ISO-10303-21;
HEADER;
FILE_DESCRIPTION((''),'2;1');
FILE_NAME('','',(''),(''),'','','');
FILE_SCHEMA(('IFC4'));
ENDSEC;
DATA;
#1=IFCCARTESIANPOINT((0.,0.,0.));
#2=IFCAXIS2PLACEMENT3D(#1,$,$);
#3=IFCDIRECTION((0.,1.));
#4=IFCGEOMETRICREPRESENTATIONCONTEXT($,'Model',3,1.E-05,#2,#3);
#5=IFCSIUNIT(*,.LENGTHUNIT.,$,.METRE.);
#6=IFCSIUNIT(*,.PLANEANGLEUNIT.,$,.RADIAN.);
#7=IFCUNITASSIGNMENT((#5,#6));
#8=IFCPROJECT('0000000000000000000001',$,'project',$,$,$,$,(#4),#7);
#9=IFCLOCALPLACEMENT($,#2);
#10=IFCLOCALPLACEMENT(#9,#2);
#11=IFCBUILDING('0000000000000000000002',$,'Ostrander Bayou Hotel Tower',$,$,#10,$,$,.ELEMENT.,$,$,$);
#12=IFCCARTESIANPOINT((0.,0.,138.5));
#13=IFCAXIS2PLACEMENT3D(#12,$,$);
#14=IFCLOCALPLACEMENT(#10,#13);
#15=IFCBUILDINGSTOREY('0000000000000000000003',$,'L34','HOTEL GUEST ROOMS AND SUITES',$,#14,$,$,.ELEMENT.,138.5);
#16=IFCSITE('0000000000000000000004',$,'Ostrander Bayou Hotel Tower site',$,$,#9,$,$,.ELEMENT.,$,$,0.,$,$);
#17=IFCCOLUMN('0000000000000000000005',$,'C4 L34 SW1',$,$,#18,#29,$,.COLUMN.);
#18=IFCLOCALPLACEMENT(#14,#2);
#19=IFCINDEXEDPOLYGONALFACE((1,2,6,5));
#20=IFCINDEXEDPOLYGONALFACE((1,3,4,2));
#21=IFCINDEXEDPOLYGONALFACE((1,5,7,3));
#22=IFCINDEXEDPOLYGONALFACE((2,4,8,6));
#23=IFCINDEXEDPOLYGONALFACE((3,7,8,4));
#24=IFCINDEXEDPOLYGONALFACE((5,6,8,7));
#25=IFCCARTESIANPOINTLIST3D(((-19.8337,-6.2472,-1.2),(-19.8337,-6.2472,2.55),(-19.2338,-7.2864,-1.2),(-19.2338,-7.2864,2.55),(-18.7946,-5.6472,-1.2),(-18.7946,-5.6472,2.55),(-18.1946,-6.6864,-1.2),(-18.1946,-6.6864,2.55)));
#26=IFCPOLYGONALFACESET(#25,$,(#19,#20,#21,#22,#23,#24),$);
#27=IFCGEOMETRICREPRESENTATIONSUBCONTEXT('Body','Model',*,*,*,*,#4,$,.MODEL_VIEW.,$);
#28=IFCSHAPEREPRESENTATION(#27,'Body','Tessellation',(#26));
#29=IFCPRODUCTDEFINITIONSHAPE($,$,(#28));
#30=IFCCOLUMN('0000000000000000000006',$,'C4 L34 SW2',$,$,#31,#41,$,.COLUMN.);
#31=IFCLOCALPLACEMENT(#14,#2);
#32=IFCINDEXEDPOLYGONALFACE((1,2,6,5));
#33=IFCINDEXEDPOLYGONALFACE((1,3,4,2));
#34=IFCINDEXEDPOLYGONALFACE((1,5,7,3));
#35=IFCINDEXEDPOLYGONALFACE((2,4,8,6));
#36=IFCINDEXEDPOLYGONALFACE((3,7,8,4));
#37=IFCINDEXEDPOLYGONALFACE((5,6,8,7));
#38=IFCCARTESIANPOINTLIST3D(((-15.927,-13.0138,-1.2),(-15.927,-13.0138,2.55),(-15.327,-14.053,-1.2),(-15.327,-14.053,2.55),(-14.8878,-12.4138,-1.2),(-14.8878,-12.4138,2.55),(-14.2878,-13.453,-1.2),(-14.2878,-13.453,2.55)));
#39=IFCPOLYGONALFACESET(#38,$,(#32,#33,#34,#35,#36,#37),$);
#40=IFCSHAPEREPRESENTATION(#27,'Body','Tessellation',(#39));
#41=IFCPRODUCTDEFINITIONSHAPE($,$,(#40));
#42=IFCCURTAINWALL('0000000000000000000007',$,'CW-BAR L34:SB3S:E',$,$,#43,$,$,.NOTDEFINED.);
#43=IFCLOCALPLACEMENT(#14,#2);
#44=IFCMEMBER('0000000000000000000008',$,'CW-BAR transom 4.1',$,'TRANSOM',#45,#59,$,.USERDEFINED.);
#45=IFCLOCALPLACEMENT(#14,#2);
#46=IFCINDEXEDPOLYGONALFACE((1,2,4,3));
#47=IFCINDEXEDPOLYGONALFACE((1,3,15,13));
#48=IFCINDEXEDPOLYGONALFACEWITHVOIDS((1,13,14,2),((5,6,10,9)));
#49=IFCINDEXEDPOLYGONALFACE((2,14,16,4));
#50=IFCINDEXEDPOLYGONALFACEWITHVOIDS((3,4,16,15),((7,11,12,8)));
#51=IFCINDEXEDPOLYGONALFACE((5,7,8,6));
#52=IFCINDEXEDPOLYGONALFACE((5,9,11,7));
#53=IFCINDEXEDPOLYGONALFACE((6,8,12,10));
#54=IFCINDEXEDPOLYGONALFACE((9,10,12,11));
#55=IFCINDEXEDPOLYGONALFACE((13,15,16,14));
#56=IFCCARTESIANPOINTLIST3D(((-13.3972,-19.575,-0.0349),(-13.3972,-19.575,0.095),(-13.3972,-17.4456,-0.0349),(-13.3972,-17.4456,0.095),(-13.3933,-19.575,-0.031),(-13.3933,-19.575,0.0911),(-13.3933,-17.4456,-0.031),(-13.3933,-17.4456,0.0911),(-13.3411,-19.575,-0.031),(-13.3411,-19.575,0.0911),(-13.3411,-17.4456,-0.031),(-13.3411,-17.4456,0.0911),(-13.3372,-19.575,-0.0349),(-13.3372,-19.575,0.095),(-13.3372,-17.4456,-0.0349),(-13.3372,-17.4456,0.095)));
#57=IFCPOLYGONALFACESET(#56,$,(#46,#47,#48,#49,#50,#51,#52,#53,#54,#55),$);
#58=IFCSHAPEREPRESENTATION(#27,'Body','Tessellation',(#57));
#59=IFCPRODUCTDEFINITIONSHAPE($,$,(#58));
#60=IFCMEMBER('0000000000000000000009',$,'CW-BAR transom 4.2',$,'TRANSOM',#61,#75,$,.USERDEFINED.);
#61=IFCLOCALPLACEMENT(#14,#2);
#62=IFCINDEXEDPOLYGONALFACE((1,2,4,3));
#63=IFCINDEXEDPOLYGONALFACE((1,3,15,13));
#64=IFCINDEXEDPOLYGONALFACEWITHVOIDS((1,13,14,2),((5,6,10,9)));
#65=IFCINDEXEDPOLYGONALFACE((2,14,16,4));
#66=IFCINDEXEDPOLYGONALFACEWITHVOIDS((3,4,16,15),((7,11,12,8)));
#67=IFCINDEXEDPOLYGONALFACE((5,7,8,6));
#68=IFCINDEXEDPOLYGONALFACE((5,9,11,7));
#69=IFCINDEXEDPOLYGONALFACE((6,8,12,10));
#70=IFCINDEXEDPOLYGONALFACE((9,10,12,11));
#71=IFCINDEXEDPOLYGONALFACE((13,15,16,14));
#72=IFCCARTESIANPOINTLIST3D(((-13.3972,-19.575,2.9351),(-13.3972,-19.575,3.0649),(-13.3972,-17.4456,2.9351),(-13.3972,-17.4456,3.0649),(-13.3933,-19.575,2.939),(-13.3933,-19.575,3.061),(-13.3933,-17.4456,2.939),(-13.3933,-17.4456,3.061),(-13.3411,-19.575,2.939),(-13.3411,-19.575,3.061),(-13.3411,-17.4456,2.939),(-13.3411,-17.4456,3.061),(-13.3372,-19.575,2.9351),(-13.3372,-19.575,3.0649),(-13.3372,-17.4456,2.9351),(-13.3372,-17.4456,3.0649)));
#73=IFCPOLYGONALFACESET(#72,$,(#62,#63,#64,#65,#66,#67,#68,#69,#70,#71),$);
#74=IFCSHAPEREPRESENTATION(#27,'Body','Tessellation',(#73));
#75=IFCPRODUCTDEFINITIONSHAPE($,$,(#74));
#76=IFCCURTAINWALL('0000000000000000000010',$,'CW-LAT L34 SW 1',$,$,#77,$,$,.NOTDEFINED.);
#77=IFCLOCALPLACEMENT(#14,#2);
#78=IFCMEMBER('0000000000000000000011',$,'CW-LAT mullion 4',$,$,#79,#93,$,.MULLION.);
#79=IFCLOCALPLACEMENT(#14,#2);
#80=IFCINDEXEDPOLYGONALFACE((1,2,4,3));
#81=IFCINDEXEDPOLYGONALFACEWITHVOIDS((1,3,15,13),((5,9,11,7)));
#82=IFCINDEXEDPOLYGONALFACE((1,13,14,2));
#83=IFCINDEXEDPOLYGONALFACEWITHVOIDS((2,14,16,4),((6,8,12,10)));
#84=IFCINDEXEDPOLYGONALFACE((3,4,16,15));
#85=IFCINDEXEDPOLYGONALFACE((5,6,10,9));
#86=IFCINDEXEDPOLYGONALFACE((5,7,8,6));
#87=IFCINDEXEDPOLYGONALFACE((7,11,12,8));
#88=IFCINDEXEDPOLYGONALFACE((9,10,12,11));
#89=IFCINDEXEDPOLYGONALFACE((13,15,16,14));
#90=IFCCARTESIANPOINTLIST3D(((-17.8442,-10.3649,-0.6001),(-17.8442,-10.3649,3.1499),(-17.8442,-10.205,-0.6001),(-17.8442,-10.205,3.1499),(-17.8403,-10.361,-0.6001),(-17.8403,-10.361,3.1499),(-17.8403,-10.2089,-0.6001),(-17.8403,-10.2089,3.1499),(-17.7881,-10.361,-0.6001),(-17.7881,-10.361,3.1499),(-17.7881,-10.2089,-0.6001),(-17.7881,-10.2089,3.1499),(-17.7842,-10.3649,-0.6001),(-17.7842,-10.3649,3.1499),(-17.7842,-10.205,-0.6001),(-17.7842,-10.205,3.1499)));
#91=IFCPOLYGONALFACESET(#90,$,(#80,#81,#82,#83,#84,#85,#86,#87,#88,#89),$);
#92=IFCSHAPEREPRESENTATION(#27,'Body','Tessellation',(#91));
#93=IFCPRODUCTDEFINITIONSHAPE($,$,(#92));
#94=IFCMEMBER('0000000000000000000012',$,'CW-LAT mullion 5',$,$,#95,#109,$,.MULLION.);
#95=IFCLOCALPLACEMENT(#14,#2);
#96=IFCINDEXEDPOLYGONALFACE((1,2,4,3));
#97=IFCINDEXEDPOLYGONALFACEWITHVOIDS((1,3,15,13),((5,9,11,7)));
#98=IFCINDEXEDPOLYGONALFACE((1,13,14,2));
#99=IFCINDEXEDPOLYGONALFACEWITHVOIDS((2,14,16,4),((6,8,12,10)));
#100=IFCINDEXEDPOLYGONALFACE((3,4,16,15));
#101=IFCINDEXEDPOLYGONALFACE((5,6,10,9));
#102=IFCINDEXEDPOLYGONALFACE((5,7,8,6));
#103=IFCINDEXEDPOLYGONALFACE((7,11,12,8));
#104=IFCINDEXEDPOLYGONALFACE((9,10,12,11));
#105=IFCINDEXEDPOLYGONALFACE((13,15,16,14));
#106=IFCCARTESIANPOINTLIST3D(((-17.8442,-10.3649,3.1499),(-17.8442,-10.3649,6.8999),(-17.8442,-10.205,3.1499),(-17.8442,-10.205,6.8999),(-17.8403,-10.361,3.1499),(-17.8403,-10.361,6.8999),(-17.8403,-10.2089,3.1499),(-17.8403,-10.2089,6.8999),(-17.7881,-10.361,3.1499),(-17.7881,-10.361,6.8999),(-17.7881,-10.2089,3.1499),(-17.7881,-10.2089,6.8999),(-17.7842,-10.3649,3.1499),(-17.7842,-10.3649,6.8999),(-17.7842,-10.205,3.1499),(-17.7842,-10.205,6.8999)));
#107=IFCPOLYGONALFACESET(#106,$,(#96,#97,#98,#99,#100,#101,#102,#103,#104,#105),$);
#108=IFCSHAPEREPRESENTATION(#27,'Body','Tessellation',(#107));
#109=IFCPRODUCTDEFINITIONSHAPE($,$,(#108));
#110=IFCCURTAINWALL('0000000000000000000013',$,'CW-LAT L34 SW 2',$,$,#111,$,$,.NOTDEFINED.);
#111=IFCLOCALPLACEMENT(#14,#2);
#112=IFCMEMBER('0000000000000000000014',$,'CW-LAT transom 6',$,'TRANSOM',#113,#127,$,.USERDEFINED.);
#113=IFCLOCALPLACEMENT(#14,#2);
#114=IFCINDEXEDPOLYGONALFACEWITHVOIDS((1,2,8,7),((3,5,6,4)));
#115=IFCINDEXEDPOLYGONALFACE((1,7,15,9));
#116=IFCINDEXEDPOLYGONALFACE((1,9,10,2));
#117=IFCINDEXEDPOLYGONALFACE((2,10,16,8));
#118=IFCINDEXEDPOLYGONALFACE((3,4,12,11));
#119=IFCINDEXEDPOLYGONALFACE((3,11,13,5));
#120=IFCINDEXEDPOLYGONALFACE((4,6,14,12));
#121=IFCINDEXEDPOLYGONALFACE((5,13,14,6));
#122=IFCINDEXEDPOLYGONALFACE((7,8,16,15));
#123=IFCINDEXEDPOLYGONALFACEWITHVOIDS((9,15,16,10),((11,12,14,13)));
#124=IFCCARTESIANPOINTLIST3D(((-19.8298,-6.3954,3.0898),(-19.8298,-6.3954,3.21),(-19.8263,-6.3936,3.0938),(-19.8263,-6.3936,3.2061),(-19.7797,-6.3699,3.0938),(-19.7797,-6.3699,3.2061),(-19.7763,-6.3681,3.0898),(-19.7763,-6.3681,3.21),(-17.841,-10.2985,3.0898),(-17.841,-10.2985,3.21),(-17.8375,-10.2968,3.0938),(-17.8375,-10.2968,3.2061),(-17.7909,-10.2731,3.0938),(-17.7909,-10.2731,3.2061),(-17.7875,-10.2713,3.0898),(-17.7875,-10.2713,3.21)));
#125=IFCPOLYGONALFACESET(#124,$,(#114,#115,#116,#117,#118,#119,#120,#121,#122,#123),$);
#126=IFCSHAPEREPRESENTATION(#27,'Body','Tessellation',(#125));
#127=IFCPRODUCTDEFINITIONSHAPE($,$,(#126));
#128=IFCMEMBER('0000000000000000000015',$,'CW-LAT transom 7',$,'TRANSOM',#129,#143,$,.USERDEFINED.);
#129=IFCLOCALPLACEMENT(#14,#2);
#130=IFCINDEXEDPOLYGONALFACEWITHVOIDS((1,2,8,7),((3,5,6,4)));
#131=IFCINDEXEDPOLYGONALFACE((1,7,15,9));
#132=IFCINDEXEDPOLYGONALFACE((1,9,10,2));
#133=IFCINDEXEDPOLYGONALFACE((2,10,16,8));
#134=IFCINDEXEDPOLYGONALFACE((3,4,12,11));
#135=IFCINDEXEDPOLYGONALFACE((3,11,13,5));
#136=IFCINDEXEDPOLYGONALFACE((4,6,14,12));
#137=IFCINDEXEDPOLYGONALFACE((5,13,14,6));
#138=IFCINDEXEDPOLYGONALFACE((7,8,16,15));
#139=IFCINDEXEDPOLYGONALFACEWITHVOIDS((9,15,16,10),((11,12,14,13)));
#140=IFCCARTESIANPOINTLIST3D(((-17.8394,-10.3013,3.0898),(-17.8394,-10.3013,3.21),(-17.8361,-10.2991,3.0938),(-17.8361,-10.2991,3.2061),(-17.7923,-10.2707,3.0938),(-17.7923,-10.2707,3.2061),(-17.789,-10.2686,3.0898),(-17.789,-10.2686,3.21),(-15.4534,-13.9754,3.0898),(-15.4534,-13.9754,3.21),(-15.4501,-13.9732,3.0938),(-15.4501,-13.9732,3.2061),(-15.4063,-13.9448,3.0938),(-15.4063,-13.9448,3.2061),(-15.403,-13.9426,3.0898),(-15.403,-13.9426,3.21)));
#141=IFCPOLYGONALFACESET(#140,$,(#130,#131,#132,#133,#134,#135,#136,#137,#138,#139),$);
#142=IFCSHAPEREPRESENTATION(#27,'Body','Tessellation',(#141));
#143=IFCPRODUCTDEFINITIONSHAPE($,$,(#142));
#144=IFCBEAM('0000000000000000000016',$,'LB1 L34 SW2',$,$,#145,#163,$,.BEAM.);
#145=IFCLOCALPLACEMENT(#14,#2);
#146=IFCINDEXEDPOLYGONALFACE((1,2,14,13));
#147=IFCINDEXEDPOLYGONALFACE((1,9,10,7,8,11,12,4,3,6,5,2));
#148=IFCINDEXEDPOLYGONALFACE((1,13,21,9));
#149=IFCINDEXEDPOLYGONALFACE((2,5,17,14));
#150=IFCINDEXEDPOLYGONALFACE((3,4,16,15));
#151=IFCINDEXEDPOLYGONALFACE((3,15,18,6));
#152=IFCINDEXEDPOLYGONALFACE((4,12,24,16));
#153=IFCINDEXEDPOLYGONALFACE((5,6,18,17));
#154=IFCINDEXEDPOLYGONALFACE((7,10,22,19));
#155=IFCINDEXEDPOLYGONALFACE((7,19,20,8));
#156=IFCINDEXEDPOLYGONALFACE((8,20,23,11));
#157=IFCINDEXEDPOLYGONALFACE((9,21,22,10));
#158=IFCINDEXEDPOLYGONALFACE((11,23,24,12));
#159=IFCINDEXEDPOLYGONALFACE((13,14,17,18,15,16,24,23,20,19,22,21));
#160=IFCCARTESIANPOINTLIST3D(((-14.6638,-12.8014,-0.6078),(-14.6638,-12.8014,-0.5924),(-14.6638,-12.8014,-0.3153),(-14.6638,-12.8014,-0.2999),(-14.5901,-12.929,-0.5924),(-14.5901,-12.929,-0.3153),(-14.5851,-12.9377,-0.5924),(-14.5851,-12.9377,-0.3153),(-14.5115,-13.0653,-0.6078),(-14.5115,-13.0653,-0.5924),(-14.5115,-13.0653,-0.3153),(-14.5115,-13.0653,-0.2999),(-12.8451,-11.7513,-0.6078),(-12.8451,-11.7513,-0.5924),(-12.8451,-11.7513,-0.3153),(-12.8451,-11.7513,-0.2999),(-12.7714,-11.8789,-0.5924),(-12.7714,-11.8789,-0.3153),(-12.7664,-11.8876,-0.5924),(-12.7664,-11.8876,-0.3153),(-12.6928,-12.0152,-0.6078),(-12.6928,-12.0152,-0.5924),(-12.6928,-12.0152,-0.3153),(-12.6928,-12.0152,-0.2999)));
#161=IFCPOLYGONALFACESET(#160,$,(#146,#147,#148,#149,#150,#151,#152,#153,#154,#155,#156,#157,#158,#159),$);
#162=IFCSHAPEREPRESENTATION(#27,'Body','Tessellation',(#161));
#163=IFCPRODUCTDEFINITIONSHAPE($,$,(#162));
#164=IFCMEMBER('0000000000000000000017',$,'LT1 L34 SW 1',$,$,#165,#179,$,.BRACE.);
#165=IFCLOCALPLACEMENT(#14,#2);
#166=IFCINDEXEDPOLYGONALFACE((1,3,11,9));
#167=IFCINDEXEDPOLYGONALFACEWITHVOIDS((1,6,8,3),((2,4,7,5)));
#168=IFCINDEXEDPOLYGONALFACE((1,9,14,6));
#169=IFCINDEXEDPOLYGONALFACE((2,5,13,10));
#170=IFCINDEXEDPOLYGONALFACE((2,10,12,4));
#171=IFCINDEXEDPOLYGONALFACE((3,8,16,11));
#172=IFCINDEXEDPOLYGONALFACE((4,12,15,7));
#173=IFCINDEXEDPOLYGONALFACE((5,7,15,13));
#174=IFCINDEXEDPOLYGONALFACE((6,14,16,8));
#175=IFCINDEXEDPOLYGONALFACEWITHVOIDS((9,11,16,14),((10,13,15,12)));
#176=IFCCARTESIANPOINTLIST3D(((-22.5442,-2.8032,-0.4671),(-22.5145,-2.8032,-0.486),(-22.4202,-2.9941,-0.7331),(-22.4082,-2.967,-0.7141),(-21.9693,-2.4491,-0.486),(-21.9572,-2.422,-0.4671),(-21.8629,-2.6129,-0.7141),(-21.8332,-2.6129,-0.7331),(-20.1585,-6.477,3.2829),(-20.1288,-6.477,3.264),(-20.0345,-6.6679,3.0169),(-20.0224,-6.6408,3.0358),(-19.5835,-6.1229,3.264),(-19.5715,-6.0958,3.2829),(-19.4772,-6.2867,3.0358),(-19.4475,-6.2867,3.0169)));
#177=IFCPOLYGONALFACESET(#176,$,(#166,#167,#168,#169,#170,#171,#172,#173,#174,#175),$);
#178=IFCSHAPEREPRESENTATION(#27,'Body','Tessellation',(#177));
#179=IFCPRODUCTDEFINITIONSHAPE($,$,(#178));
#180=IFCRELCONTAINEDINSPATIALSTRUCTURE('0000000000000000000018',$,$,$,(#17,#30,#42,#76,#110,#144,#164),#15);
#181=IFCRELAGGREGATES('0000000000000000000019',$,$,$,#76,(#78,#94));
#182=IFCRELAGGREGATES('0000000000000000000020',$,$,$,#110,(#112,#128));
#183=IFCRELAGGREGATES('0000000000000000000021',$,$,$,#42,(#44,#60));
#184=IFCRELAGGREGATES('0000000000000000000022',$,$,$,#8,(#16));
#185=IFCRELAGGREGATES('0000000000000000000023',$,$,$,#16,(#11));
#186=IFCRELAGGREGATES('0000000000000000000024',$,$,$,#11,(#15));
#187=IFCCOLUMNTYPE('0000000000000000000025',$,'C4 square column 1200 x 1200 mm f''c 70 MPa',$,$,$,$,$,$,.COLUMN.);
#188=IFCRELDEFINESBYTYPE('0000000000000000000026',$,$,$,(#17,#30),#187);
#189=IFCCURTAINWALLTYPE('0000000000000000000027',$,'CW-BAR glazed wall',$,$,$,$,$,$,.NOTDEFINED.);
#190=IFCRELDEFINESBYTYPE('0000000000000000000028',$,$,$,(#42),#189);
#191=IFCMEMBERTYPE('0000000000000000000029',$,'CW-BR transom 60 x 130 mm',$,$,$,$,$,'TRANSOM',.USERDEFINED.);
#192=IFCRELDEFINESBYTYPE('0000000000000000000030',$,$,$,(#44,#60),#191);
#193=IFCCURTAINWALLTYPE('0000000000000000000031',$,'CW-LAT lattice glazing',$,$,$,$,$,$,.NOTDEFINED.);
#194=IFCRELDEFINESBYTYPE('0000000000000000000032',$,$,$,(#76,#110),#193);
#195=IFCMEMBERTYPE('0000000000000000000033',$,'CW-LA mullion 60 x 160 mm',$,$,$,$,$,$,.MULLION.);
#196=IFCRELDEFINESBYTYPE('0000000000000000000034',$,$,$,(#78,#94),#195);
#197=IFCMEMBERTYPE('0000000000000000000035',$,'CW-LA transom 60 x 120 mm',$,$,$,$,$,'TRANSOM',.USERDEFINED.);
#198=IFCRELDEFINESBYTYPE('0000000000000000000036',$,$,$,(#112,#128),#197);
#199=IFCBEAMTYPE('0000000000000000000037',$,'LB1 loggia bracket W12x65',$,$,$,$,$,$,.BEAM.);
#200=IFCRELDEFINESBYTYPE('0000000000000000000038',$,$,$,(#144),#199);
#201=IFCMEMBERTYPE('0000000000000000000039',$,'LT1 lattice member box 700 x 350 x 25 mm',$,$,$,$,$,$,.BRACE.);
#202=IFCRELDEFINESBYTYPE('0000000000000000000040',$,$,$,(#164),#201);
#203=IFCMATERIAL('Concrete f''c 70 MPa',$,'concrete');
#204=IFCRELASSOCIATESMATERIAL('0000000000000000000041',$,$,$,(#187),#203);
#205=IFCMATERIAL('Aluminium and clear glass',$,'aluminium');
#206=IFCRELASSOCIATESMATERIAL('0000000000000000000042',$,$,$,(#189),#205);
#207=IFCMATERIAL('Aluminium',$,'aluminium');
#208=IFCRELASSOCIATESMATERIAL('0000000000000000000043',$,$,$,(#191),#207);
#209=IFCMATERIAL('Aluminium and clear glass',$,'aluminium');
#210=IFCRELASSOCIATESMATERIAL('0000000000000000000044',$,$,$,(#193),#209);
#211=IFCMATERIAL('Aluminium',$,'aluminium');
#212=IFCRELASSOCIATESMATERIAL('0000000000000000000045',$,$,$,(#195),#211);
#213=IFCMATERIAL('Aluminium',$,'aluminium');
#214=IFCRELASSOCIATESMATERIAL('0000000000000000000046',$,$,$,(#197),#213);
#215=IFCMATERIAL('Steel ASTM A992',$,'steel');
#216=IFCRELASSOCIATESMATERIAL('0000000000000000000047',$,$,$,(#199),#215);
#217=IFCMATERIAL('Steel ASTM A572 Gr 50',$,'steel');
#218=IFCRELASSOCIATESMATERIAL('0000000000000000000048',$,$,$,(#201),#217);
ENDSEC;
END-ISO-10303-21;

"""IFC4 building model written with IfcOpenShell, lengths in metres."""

from ifc_helpers import new_model, si_unit, direction, frame, origin, origin_2d, place, context, subcontext, project, spatial, rectangle, hollow_rectangle, i_section, extrude, material, material_profile, profile_set, type_object, element, aggregate, save


model = new_model("IFC4")

# Units and contexts
model_context = context("Model", 3, precision=1e-05, world=origin(), true_north=direction((0.0, 1.0)))
body_context = subcontext(model_context, "Body", "Model", "MODEL_VIEW")
ifc_project = project(units=[si_unit("LENGTHUNIT", "METRE"), si_unit("PLANEANGLEUNIT", "RADIAN")], contexts=[model_context])

# Site, building, storey
site_placement = place(None, origin())
site = spatial("IfcSite", under=ifc_project, at=site_placement, Name="Ostrander Bayou Hotel Tower site", CompositionType="ELEMENT", RefElevation=0.0)
building_placement = place(site_placement, origin())
building = spatial("IfcBuilding", under=site, at=building_placement, Name="Ostrander Bayou Hotel Tower", CompositionType="ELEMENT")
storey_placement = place(building_placement, frame((0.0, 0.0, 138.5)))
storey = spatial("IfcBuildingStorey", under=building, at=storey_placement, Name="L34", Description="HOTEL GUEST ROOMS AND SUITES", CompositionType="ELEMENT", Elevation=138.5)

# Columns
ifc_material_1 = material(Name="Concrete f'c 70 MPa", Category="concrete")
ifc_material_profile_1 = material_profile(ifc_material_1, rectangle(XDim=1.2, YDim=1.2, at=origin_2d()))
ifc_profile_set_1 = profile_set([ifc_material_profile_1], Name="Concrete f'c 70 MPa")
column_type = type_object("IfcColumnType", Name="C4 square column 1200 x 1200 mm f'c 70 MPa", PredefinedType="COLUMN", material=ifc_profile_set_1)
for number, where, z_axis, x_axis, name in (
    (1, (-19.0142, -6.4668, -1.2), (0.0, 0.0, 1.0), (-0.5, 0.866025, 0.0), "C4 L34 SW1"),
    (2, (-15.1074, -13.2334, -1.2), (0.0, 0.0, 1.0), (-0.5, 0.866025, 0.0), "C4 L34 SW2"),
):
    element("IfcColumn", number, at=place(storey_placement, frame(where, z_axis=z_axis, x_axis=x_axis)), inside=storey, type_object=column_type, Name=name, PredefinedType="COLUMN", context=body_context, shape_type="SweptSolid", body=[
        extrude(rectangle(XDim=1.2, YDim=1.2, at=origin_2d()), origin(), (0.0, 0.0, 1.0), 3.75),
    ])

# Curtain walls, members
ifc_material_2 = material(Name="Aluminium and clear glass", Category="aluminium")
curtain_wall_type_1 = type_object("IfcCurtainWallType", Name="CW-BAR glazed wall", PredefinedType="NOTDEFINED", material=ifc_material_2)
curtain_wall_1_placement = place(storey_placement, origin())
curtain_wall_1 = element("IfcCurtainWall", 3, at=curtain_wall_1_placement, inside=storey, type_object=curtain_wall_type_1, Name="CW-BAR L34:SB3S:E", PredefinedType="NOTDEFINED")
ifc_material_3 = material(Name="Aluminium", Category="aluminium")
ifc_material_profile_2 = material_profile(ifc_material_3, hollow_rectangle(XDim=0.0601, YDim=0.1299, WallThickness=0.0039, at=origin_2d()))
ifc_profile_set_2 = profile_set([ifc_material_profile_2], Name="Aluminium")
member_type_1 = type_object("IfcMemberType", Name="CW-BR transom 60 x 130 mm", ElementType="TRANSOM", PredefinedType="USERDEFINED", material=ifc_profile_set_2)
member_1_placement = place(storey_placement, frame((-13.3672, -17.4456, 0.03), z_axis=(0.0, -1.0, 0.0), x_axis=(1.0, 0.0, 0.0)))
member_1 = element("IfcMember", 4, at=member_1_placement, type_object=member_type_1, Name="CW-BAR transom 4.1", ObjectType="TRANSOM", PredefinedType="USERDEFINED", context=body_context, shape_type="SweptSolid", body=[
    extrude(hollow_rectangle(XDim=0.0601, YDim=0.1299, WallThickness=0.0039, at=origin_2d()), origin(), (0.0, 0.0, 1.0), 2.1294),
])
member_2_placement = place(storey_placement, frame((-13.3672, -17.4456, 3.0), z_axis=(0.0, -1.0, 0.0), x_axis=(1.0, 0.0, 0.0)))
member_2 = element("IfcMember", 5, at=member_2_placement, type_object=member_type_1, Name="CW-BAR transom 4.2", ObjectType="TRANSOM", PredefinedType="USERDEFINED", context=body_context, shape_type="SweptSolid", body=[
    extrude(hollow_rectangle(XDim=0.0601, YDim=0.1299, WallThickness=0.0039, at=origin_2d()), origin(), (0.0, 0.0, 1.0), 2.1294),
])
ifc_material_4 = material(Name="Aluminium and clear glass", Category="aluminium")
curtain_wall_type_2 = type_object("IfcCurtainWallType", Name="CW-LAT lattice glazing", PredefinedType="NOTDEFINED", material=ifc_material_4)
curtain_wall_2_placement = place(storey_placement, origin())
curtain_wall_2 = element("IfcCurtainWall", 6, at=curtain_wall_2_placement, inside=storey, type_object=curtain_wall_type_2, Name="CW-LAT L34 SW 1", PredefinedType="NOTDEFINED")
ifc_material_5 = material(Name="Aluminium", Category="aluminium")
ifc_material_profile_3 = material_profile(ifc_material_5, hollow_rectangle(XDim=0.0601, YDim=0.1599, WallThickness=0.0039, at=origin_2d()))
ifc_profile_set_3 = profile_set([ifc_material_profile_3], Name="Aluminium")
member_type_2 = type_object("IfcMemberType", Name="CW-LA mullion 60 x 160 mm", PredefinedType="MULLION", material=ifc_profile_set_3)
member_3_placement = place(storey_placement, frame((-17.8142, -10.2849, -0.6001), z_axis=(0.0, 0.0, 1.0), x_axis=(1.0, 0.0, 0.0)))
member_3 = element("IfcMember", 7, at=member_3_placement, type_object=member_type_2, Name="CW-LAT mullion 4", PredefinedType="MULLION", context=body_context, shape_type="SweptSolid", body=[
    extrude(hollow_rectangle(XDim=0.0601, YDim=0.1599, WallThickness=0.0039, at=origin_2d()), origin(), (0.0, 0.0, 1.0), 3.75),
])
member_4_placement = place(storey_placement, frame((-17.8142, -10.2849, 3.1499), z_axis=(0.0, 0.0, 1.0), x_axis=(1.0, 0.0, 0.0)))
member_4 = element("IfcMember", 8, at=member_4_placement, type_object=member_type_2, Name="CW-LAT mullion 5", PredefinedType="MULLION", context=body_context, shape_type="SweptSolid", body=[
    extrude(hollow_rectangle(XDim=0.0601, YDim=0.1599, WallThickness=0.0039, at=origin_2d()), origin(), (0.0, 0.0, 1.0), 3.75),
])
aggregate(curtain_wall_2, [member_3, member_4])
curtain_wall_3_placement = place(storey_placement, origin())
curtain_wall_3 = element("IfcCurtainWall", 9, at=curtain_wall_3_placement, inside=storey, type_object=curtain_wall_type_2, Name="CW-LAT L34 SW 2", PredefinedType="NOTDEFINED")
ifc_material_6 = material(Name="Aluminium", Category="aluminium")
ifc_material_profile_4 = material_profile(ifc_material_6, hollow_rectangle(XDim=0.0601, YDim=0.1201, WallThickness=0.0039, at=origin_2d()))
ifc_profile_set_4 = profile_set([ifc_material_profile_4], Name="Aluminium")
member_type_3 = type_object("IfcMemberType", Name="CW-LA transom 60 x 120 mm", ElementType="TRANSOM", PredefinedType="USERDEFINED", material=ifc_profile_set_4)
member_5_placement = place(storey_placement, frame((-17.8142, -10.2849, 3.1499), z_axis=(-0.454, 0.891002, 0.0), x_axis=(-0.891002, -0.454, 0.0)))
member_5 = element("IfcMember", 10, at=member_5_placement, type_object=member_type_3, Name="CW-LAT transom 6", ObjectType="TRANSOM", PredefinedType="USERDEFINED", context=body_context, shape_type="SweptSolid", body=[
    extrude(hollow_rectangle(XDim=0.0601, YDim=0.1201, WallThickness=0.0039, at=origin_2d()), origin(), (0.0, 0.0, 1.0), 4.3806),
])
member_6_placement = place(storey_placement, frame((-17.8142, -10.2849, 3.1499), z_axis=(0.544642, -0.838669, 0.0), x_axis=(0.838669, 0.544642, 0.0)))
member_6 = element("IfcMember", 11, at=member_6_placement, type_object=member_type_3, Name="CW-LAT transom 7", ObjectType="TRANSOM", PredefinedType="USERDEFINED", context=body_context, shape_type="SweptSolid", body=[
    extrude(hollow_rectangle(XDim=0.0601, YDim=0.1201, WallThickness=0.0039, at=origin_2d()), origin(), (0.0, 0.0, 1.0), 4.3809),
])
aggregate(curtain_wall_3, [member_5, member_6])

# Beam
ifc_material_7 = material(Name="Steel ASTM A992", Category="steel")
ifc_material_profile_5 = material_profile(ifc_material_7, i_section(OverallWidth=0.3047, OverallDepth=0.3079, WebThickness=0.01, FlangeThickness=0.0154, at=origin_2d()))
ifc_profile_set_5 = profile_set([ifc_material_profile_5], Name="Steel ASTM A992")
beam_type_1 = type_object("IfcBeamType", Name="LB1 loggia bracket W12x65", PredefinedType="BEAM", material=ifc_profile_set_5)
beam_1_placement = place(storey_placement, frame((-14.5876, -12.9333, -0.4539), z_axis=(0.866009, 0.500028, 0.0), x_axis=(-0.500028, 0.866009, 0.0)))
element("IfcBeam", 12, at=beam_1_placement, inside=storey, type_object=beam_type_1, Name="LB1 L34 SW2", PredefinedType="BEAM", context=body_context, shape_type="SweptSolid", body=[
    extrude(i_section(OverallWidth=0.3047, OverallDepth=0.3079, WebThickness=0.01, FlangeThickness=0.0154, at=origin_2d()), origin(), (0.0, 0.0, 1.0), 2.1001),
])

# Member
ifc_material_8 = material(Name="Steel ASTM A572 Gr 50", Category="steel")
ifc_material_profile_6 = material_profile(ifc_material_8, hollow_rectangle(XDim=0.7, YDim=0.3501, WallThickness=0.0249, at=origin_2d()))
ifc_profile_set_6 = profile_set([ifc_material_profile_6], Name="Steel ASTM A572 Gr 50")
member_type_4 = type_object("IfcMemberType", Name="LT1 lattice member box 700 x 350 x 25 mm", PredefinedType="BRACE", material=ifc_profile_set_6)
member_7_placement = place(storey_placement, frame((-19.803, -6.3818, 3.1499), z_axis=(-0.413732, 0.63711, -0.65032), x_axis=(-0.838678, -0.544628, 0.0)))
element("IfcMember", 13, at=member_7_placement, inside=storey, type_object=member_type_4, Name="LT1 L34 SW 1", PredefinedType="BRACE", context=body_context, shape_type="SweptSolid", body=[
    extrude(hollow_rectangle(XDim=0.7, YDim=0.3501, WallThickness=0.0249, at=origin_2d()), origin(), (0.0, 0.0, 1.0), 5.7664),
])

aggregate(curtain_wall_1, [member_1, member_2])

save(model, "model.ifc")
